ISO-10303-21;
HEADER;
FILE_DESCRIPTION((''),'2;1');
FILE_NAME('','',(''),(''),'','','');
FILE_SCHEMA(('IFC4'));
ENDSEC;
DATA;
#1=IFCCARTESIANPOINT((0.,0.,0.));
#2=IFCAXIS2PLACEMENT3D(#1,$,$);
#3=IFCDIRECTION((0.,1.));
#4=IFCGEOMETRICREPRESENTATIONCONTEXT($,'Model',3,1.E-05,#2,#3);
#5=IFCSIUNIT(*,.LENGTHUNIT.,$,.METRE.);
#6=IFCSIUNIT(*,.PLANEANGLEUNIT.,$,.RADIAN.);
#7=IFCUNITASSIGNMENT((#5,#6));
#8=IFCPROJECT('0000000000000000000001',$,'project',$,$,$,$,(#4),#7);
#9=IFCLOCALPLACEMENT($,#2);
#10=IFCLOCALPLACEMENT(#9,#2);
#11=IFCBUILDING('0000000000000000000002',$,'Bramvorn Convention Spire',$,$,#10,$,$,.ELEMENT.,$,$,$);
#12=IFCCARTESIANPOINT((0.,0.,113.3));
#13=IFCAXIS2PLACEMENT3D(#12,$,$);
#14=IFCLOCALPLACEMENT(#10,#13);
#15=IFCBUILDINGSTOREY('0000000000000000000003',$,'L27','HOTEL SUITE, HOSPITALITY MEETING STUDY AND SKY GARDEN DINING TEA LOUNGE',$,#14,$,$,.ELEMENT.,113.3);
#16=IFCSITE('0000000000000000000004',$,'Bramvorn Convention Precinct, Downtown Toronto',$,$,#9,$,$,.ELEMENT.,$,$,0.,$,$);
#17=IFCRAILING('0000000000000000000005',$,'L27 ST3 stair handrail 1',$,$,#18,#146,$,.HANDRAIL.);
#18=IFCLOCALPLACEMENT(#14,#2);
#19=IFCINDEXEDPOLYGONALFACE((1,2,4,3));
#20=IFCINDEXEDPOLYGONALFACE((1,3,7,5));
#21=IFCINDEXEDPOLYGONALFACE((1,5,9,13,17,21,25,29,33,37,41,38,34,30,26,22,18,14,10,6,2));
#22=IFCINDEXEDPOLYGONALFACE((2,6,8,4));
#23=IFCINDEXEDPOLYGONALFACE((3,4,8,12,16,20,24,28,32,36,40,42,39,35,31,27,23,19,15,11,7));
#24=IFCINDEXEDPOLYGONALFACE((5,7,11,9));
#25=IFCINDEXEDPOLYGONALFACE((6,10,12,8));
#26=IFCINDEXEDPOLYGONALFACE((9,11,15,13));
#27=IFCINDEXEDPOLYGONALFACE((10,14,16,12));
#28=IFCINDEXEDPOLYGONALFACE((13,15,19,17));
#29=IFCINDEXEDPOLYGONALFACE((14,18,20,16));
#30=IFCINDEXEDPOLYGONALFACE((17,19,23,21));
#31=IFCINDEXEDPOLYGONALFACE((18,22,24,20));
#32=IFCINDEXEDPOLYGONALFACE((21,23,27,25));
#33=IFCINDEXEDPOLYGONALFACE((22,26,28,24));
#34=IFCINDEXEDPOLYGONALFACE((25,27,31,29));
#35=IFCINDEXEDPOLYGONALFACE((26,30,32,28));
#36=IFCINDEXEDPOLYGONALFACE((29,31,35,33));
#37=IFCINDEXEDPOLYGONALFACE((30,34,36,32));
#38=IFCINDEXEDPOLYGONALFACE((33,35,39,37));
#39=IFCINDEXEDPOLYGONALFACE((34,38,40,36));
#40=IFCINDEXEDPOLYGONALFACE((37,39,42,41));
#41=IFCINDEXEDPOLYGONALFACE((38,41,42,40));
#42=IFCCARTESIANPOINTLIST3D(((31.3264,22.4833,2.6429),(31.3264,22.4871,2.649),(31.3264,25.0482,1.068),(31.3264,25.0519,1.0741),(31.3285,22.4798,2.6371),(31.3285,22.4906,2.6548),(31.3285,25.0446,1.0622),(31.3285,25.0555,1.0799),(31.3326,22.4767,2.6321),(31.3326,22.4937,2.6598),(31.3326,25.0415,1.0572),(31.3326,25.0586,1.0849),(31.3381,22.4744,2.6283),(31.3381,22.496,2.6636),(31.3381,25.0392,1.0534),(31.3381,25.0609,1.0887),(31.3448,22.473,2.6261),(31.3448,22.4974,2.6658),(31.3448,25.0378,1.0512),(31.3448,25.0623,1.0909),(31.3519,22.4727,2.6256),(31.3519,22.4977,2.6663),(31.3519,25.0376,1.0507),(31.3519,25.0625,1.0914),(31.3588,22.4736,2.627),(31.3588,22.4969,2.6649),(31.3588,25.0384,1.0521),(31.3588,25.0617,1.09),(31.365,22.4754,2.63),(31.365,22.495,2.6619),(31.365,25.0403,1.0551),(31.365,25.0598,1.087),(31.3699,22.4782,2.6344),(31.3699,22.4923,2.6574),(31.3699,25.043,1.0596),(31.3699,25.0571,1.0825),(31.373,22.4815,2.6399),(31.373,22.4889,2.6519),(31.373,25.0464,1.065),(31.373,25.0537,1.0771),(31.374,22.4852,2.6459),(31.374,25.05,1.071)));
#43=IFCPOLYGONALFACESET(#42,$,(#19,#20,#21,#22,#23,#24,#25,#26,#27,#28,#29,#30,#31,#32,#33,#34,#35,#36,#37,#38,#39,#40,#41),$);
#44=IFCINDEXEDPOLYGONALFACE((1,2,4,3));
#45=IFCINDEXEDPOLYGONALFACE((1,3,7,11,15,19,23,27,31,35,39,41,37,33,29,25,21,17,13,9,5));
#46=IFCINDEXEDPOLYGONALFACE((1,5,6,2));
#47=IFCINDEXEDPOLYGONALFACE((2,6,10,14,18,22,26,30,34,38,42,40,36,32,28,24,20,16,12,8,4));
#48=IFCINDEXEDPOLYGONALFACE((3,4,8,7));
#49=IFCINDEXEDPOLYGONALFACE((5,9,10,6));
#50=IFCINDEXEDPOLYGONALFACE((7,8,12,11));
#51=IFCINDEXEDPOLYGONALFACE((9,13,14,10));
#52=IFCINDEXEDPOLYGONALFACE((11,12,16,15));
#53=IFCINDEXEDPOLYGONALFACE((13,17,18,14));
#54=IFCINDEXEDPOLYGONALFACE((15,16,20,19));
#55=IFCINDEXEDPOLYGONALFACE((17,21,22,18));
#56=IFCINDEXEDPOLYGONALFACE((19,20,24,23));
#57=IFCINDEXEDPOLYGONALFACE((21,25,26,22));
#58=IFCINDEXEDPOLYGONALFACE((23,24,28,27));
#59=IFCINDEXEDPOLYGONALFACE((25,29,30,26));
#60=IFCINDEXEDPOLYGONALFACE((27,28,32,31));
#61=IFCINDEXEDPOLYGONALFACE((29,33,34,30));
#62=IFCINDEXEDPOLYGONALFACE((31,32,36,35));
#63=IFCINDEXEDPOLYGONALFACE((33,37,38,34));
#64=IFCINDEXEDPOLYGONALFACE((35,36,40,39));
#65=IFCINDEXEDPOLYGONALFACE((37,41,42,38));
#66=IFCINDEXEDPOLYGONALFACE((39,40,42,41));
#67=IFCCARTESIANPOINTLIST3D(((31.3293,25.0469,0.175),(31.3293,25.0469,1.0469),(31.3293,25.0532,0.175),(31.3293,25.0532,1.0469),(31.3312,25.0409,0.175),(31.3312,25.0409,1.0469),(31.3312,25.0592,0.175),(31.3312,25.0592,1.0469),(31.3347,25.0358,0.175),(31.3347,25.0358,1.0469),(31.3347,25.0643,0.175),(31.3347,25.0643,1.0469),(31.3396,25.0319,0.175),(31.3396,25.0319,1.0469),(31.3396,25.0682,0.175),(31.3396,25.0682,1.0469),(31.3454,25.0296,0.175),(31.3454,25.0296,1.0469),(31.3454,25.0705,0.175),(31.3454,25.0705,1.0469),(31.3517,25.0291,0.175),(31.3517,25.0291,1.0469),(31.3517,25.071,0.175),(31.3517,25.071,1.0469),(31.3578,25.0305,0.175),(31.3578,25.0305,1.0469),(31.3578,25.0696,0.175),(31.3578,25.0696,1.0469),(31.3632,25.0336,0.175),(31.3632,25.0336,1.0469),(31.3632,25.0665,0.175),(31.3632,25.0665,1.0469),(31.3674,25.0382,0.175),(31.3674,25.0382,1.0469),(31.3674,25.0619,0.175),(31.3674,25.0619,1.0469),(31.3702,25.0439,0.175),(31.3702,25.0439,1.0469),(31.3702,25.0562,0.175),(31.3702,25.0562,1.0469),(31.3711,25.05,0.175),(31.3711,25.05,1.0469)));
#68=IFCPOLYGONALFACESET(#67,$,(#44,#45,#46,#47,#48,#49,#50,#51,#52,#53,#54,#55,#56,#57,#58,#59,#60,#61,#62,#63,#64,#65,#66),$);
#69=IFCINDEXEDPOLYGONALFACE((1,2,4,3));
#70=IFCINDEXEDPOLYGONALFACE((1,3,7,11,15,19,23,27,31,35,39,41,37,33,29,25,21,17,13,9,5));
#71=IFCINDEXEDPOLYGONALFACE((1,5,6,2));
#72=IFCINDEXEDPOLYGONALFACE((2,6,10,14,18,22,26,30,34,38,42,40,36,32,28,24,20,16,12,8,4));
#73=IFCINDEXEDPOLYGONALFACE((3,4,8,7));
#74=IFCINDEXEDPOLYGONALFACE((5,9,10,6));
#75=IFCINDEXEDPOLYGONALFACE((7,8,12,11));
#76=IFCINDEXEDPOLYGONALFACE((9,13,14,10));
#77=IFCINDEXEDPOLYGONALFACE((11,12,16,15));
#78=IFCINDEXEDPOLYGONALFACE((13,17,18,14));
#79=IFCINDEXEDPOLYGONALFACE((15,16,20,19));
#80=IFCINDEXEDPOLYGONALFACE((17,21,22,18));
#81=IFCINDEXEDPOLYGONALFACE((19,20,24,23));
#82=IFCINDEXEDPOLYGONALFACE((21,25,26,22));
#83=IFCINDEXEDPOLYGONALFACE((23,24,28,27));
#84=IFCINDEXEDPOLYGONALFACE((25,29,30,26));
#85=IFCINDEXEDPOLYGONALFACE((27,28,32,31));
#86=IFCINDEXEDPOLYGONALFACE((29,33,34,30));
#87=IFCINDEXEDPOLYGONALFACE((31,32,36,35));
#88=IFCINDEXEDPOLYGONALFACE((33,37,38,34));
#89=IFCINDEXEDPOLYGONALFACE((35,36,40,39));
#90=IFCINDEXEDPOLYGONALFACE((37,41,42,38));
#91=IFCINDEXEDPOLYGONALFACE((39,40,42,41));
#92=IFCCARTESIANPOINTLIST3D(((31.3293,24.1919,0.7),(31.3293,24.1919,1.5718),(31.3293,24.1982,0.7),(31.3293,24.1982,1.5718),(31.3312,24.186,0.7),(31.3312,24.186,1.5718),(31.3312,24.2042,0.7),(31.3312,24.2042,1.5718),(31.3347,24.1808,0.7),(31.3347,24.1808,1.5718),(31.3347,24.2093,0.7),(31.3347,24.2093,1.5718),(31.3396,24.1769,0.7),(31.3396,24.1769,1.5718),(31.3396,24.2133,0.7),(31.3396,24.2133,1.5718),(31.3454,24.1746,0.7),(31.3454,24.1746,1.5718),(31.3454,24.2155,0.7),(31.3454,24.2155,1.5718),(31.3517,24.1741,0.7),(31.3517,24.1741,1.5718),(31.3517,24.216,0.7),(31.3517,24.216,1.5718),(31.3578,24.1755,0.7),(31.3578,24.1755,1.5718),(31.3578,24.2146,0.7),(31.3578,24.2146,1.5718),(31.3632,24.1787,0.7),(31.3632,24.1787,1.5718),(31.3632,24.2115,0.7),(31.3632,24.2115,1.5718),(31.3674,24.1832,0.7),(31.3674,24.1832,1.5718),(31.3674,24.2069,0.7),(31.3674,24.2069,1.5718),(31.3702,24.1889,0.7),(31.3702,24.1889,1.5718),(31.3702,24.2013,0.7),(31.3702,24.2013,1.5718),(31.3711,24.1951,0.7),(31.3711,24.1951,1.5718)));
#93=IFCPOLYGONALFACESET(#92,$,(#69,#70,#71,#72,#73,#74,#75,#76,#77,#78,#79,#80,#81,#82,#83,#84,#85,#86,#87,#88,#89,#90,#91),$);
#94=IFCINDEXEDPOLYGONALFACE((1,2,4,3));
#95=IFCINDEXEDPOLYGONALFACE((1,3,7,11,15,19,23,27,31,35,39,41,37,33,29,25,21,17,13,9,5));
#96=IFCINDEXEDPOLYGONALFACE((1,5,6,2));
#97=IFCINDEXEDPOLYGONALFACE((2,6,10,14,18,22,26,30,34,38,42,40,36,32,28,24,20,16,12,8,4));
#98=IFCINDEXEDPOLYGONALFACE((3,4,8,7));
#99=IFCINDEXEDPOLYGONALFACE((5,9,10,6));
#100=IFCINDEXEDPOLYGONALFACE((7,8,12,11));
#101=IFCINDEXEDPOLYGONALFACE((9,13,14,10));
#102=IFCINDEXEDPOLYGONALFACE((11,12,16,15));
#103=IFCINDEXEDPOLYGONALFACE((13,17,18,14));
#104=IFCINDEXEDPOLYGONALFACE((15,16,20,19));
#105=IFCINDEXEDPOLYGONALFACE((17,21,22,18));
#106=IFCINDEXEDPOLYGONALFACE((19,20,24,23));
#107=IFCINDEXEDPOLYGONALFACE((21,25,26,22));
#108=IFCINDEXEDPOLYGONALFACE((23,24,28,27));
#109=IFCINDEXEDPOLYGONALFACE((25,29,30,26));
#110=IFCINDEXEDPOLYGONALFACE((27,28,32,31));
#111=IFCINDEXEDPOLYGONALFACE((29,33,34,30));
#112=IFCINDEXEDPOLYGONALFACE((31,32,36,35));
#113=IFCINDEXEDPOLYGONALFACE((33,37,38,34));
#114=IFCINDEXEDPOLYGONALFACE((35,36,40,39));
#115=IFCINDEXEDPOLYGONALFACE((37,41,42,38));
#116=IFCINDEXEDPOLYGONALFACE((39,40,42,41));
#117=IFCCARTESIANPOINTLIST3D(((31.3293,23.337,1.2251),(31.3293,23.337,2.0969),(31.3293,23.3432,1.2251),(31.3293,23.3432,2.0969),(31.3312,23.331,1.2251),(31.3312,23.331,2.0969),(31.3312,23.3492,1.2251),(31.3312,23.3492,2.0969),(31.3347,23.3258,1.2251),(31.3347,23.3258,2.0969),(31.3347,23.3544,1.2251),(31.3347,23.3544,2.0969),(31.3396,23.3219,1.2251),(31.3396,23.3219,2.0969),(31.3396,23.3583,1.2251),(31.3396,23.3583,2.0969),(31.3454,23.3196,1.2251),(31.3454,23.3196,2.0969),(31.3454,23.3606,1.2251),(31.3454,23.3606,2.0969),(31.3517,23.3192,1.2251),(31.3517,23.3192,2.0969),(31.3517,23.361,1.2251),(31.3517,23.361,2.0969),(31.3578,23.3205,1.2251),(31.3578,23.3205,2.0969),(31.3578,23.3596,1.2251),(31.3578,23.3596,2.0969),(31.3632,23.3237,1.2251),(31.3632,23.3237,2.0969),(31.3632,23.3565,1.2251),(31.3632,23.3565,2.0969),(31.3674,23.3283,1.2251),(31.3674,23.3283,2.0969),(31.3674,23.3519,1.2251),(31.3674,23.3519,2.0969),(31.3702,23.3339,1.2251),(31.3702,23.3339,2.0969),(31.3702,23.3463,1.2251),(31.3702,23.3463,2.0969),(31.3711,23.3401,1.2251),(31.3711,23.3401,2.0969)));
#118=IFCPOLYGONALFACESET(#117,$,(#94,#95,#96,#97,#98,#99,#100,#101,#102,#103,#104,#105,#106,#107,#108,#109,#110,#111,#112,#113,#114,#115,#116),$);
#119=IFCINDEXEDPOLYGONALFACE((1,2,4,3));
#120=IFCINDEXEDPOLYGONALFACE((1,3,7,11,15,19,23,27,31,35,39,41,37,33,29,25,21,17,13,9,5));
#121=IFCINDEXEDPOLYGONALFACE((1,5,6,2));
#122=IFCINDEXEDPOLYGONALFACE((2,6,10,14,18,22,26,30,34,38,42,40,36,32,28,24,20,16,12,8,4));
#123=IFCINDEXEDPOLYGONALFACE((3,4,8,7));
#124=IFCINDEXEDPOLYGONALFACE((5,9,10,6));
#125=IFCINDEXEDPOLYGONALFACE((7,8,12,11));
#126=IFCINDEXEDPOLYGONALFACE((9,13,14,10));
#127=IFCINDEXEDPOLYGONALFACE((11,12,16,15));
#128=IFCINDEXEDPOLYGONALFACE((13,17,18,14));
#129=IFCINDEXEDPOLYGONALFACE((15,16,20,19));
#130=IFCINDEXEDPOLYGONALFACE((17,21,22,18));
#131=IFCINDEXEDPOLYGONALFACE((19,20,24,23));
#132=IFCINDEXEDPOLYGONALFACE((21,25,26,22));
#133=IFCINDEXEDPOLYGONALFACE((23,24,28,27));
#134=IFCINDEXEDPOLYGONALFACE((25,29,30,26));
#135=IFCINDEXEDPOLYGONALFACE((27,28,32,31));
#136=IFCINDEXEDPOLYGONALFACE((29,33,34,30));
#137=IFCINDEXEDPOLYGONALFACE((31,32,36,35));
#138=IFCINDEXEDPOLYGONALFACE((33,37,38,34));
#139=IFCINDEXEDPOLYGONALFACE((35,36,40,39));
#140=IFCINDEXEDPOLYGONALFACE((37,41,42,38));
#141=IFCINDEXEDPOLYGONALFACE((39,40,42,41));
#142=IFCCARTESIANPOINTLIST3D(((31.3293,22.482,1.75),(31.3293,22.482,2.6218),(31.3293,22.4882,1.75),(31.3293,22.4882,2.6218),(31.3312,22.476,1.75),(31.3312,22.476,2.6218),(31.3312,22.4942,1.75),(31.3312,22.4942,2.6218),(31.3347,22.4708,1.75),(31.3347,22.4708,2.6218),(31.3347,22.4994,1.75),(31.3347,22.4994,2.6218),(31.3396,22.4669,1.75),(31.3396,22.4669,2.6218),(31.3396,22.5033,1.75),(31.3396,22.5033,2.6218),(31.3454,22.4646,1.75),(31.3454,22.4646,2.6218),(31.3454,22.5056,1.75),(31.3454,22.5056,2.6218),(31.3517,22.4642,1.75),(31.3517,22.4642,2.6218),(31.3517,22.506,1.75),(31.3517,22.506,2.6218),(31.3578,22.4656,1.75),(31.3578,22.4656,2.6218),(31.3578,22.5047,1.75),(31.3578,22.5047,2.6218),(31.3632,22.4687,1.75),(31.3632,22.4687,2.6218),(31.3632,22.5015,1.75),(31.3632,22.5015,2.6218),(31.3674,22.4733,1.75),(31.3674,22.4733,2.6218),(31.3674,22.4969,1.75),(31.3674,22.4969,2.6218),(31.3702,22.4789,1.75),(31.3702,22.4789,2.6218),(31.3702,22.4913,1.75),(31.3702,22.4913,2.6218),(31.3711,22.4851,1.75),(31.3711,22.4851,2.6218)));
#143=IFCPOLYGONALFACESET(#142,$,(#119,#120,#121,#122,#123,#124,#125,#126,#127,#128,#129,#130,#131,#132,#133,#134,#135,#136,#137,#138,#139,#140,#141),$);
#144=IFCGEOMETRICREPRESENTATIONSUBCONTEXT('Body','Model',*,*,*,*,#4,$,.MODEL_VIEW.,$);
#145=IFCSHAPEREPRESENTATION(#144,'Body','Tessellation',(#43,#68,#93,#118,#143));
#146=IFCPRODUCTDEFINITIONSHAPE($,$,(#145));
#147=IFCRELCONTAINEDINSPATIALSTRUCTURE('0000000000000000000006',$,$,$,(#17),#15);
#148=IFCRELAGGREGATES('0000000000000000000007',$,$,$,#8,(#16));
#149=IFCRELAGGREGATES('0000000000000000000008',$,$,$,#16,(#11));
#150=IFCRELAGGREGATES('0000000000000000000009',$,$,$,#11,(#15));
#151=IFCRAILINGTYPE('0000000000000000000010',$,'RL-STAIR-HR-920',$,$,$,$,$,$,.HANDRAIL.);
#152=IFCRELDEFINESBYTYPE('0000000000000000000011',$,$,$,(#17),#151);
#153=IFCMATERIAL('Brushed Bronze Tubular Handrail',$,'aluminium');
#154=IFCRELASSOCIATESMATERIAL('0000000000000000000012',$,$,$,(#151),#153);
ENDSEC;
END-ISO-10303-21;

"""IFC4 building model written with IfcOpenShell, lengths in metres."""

from ifc_helpers import new_model, si_unit, direction, frame, origin, origin_2d, place, context, subcontext, project, spatial, circle, extrude, material, type_object, element, save


model = new_model("IFC4")

# Units and contexts
model_context = context("Model", 3, precision=1e-05, world=origin(), true_north=direction((0.0, 1.0)))
body_context = subcontext(model_context, "Body", "Model", "MODEL_VIEW")
ifc_project = project(units=[si_unit("LENGTHUNIT", "METRE"), si_unit("PLANEANGLEUNIT", "RADIAN")], contexts=[model_context])

# Site, building, storey
site_placement = place(None, origin())
site = spatial("IfcSite", under=ifc_project, at=site_placement, Name="Bramvorn Convention Precinct, Downtown Toronto", CompositionType="ELEMENT", RefElevation=0.0)
building_placement = place(site_placement, origin())
building = spatial("IfcBuilding", under=site, at=building_placement, Name="Bramvorn Convention Spire", CompositionType="ELEMENT")
storey_placement = place(building_placement, frame((0.0, 0.0, 113.3)))
storey = spatial("IfcBuildingStorey", under=building, at=storey_placement, Name="L27", Description="HOTEL SUITE, HOSPITALITY MEETING STUDY AND SKY GARDEN DINING TEA LOUNGE", CompositionType="ELEMENT", Elevation=113.3)

# Railing
ifc_material_1 = material(Name="Brushed Bronze Tubular Handrail", Category="aluminium")
railing_type_1 = type_object("IfcRailingType", Name="RL-STAIR-HR-920", PredefinedType="HANDRAIL", material=ifc_material_1)
railing_1_placement = place(storey_placement, frame((31.3501, 25.05, 0.175)))
element("IfcRailing", 1, at=railing_1_placement, inside=storey, type_object=railing_type_1, Name="L27 ST3 stair handrail 1", PredefinedType="HANDRAIL", context=body_context, shape_type="SweptSolid", body=[
    extrude(circle(Radius=0.0239, at=origin_2d()), frame((0.0, 0.0, 0.896), z_axis=(0.0, -0.852173, 0.52326), x_axis=(1.0, 0.0, 0.0)), (0.0, 0.0, 1.0), 3.0098),
    extrude(circle(Radius=0.021, at=origin_2d()), origin(), (0.0, 0.0, 1.0), 0.8718),
    extrude(circle(Radius=0.021, at=origin_2d()), frame((0.0, -0.855, 0.5249)), (0.0, 0.0, 1.0), 0.8718),
    extrude(circle(Radius=0.021, at=origin_2d()), frame((0.0, -1.71, 1.05)), (0.0, 0.0, 1.0), 0.8718),
    extrude(circle(Radius=0.021, at=origin_2d()), frame((0.0, -2.5649, 1.575)), (0.0, 0.0, 1.0), 0.8718),
])

save(model, "model.ifc")
